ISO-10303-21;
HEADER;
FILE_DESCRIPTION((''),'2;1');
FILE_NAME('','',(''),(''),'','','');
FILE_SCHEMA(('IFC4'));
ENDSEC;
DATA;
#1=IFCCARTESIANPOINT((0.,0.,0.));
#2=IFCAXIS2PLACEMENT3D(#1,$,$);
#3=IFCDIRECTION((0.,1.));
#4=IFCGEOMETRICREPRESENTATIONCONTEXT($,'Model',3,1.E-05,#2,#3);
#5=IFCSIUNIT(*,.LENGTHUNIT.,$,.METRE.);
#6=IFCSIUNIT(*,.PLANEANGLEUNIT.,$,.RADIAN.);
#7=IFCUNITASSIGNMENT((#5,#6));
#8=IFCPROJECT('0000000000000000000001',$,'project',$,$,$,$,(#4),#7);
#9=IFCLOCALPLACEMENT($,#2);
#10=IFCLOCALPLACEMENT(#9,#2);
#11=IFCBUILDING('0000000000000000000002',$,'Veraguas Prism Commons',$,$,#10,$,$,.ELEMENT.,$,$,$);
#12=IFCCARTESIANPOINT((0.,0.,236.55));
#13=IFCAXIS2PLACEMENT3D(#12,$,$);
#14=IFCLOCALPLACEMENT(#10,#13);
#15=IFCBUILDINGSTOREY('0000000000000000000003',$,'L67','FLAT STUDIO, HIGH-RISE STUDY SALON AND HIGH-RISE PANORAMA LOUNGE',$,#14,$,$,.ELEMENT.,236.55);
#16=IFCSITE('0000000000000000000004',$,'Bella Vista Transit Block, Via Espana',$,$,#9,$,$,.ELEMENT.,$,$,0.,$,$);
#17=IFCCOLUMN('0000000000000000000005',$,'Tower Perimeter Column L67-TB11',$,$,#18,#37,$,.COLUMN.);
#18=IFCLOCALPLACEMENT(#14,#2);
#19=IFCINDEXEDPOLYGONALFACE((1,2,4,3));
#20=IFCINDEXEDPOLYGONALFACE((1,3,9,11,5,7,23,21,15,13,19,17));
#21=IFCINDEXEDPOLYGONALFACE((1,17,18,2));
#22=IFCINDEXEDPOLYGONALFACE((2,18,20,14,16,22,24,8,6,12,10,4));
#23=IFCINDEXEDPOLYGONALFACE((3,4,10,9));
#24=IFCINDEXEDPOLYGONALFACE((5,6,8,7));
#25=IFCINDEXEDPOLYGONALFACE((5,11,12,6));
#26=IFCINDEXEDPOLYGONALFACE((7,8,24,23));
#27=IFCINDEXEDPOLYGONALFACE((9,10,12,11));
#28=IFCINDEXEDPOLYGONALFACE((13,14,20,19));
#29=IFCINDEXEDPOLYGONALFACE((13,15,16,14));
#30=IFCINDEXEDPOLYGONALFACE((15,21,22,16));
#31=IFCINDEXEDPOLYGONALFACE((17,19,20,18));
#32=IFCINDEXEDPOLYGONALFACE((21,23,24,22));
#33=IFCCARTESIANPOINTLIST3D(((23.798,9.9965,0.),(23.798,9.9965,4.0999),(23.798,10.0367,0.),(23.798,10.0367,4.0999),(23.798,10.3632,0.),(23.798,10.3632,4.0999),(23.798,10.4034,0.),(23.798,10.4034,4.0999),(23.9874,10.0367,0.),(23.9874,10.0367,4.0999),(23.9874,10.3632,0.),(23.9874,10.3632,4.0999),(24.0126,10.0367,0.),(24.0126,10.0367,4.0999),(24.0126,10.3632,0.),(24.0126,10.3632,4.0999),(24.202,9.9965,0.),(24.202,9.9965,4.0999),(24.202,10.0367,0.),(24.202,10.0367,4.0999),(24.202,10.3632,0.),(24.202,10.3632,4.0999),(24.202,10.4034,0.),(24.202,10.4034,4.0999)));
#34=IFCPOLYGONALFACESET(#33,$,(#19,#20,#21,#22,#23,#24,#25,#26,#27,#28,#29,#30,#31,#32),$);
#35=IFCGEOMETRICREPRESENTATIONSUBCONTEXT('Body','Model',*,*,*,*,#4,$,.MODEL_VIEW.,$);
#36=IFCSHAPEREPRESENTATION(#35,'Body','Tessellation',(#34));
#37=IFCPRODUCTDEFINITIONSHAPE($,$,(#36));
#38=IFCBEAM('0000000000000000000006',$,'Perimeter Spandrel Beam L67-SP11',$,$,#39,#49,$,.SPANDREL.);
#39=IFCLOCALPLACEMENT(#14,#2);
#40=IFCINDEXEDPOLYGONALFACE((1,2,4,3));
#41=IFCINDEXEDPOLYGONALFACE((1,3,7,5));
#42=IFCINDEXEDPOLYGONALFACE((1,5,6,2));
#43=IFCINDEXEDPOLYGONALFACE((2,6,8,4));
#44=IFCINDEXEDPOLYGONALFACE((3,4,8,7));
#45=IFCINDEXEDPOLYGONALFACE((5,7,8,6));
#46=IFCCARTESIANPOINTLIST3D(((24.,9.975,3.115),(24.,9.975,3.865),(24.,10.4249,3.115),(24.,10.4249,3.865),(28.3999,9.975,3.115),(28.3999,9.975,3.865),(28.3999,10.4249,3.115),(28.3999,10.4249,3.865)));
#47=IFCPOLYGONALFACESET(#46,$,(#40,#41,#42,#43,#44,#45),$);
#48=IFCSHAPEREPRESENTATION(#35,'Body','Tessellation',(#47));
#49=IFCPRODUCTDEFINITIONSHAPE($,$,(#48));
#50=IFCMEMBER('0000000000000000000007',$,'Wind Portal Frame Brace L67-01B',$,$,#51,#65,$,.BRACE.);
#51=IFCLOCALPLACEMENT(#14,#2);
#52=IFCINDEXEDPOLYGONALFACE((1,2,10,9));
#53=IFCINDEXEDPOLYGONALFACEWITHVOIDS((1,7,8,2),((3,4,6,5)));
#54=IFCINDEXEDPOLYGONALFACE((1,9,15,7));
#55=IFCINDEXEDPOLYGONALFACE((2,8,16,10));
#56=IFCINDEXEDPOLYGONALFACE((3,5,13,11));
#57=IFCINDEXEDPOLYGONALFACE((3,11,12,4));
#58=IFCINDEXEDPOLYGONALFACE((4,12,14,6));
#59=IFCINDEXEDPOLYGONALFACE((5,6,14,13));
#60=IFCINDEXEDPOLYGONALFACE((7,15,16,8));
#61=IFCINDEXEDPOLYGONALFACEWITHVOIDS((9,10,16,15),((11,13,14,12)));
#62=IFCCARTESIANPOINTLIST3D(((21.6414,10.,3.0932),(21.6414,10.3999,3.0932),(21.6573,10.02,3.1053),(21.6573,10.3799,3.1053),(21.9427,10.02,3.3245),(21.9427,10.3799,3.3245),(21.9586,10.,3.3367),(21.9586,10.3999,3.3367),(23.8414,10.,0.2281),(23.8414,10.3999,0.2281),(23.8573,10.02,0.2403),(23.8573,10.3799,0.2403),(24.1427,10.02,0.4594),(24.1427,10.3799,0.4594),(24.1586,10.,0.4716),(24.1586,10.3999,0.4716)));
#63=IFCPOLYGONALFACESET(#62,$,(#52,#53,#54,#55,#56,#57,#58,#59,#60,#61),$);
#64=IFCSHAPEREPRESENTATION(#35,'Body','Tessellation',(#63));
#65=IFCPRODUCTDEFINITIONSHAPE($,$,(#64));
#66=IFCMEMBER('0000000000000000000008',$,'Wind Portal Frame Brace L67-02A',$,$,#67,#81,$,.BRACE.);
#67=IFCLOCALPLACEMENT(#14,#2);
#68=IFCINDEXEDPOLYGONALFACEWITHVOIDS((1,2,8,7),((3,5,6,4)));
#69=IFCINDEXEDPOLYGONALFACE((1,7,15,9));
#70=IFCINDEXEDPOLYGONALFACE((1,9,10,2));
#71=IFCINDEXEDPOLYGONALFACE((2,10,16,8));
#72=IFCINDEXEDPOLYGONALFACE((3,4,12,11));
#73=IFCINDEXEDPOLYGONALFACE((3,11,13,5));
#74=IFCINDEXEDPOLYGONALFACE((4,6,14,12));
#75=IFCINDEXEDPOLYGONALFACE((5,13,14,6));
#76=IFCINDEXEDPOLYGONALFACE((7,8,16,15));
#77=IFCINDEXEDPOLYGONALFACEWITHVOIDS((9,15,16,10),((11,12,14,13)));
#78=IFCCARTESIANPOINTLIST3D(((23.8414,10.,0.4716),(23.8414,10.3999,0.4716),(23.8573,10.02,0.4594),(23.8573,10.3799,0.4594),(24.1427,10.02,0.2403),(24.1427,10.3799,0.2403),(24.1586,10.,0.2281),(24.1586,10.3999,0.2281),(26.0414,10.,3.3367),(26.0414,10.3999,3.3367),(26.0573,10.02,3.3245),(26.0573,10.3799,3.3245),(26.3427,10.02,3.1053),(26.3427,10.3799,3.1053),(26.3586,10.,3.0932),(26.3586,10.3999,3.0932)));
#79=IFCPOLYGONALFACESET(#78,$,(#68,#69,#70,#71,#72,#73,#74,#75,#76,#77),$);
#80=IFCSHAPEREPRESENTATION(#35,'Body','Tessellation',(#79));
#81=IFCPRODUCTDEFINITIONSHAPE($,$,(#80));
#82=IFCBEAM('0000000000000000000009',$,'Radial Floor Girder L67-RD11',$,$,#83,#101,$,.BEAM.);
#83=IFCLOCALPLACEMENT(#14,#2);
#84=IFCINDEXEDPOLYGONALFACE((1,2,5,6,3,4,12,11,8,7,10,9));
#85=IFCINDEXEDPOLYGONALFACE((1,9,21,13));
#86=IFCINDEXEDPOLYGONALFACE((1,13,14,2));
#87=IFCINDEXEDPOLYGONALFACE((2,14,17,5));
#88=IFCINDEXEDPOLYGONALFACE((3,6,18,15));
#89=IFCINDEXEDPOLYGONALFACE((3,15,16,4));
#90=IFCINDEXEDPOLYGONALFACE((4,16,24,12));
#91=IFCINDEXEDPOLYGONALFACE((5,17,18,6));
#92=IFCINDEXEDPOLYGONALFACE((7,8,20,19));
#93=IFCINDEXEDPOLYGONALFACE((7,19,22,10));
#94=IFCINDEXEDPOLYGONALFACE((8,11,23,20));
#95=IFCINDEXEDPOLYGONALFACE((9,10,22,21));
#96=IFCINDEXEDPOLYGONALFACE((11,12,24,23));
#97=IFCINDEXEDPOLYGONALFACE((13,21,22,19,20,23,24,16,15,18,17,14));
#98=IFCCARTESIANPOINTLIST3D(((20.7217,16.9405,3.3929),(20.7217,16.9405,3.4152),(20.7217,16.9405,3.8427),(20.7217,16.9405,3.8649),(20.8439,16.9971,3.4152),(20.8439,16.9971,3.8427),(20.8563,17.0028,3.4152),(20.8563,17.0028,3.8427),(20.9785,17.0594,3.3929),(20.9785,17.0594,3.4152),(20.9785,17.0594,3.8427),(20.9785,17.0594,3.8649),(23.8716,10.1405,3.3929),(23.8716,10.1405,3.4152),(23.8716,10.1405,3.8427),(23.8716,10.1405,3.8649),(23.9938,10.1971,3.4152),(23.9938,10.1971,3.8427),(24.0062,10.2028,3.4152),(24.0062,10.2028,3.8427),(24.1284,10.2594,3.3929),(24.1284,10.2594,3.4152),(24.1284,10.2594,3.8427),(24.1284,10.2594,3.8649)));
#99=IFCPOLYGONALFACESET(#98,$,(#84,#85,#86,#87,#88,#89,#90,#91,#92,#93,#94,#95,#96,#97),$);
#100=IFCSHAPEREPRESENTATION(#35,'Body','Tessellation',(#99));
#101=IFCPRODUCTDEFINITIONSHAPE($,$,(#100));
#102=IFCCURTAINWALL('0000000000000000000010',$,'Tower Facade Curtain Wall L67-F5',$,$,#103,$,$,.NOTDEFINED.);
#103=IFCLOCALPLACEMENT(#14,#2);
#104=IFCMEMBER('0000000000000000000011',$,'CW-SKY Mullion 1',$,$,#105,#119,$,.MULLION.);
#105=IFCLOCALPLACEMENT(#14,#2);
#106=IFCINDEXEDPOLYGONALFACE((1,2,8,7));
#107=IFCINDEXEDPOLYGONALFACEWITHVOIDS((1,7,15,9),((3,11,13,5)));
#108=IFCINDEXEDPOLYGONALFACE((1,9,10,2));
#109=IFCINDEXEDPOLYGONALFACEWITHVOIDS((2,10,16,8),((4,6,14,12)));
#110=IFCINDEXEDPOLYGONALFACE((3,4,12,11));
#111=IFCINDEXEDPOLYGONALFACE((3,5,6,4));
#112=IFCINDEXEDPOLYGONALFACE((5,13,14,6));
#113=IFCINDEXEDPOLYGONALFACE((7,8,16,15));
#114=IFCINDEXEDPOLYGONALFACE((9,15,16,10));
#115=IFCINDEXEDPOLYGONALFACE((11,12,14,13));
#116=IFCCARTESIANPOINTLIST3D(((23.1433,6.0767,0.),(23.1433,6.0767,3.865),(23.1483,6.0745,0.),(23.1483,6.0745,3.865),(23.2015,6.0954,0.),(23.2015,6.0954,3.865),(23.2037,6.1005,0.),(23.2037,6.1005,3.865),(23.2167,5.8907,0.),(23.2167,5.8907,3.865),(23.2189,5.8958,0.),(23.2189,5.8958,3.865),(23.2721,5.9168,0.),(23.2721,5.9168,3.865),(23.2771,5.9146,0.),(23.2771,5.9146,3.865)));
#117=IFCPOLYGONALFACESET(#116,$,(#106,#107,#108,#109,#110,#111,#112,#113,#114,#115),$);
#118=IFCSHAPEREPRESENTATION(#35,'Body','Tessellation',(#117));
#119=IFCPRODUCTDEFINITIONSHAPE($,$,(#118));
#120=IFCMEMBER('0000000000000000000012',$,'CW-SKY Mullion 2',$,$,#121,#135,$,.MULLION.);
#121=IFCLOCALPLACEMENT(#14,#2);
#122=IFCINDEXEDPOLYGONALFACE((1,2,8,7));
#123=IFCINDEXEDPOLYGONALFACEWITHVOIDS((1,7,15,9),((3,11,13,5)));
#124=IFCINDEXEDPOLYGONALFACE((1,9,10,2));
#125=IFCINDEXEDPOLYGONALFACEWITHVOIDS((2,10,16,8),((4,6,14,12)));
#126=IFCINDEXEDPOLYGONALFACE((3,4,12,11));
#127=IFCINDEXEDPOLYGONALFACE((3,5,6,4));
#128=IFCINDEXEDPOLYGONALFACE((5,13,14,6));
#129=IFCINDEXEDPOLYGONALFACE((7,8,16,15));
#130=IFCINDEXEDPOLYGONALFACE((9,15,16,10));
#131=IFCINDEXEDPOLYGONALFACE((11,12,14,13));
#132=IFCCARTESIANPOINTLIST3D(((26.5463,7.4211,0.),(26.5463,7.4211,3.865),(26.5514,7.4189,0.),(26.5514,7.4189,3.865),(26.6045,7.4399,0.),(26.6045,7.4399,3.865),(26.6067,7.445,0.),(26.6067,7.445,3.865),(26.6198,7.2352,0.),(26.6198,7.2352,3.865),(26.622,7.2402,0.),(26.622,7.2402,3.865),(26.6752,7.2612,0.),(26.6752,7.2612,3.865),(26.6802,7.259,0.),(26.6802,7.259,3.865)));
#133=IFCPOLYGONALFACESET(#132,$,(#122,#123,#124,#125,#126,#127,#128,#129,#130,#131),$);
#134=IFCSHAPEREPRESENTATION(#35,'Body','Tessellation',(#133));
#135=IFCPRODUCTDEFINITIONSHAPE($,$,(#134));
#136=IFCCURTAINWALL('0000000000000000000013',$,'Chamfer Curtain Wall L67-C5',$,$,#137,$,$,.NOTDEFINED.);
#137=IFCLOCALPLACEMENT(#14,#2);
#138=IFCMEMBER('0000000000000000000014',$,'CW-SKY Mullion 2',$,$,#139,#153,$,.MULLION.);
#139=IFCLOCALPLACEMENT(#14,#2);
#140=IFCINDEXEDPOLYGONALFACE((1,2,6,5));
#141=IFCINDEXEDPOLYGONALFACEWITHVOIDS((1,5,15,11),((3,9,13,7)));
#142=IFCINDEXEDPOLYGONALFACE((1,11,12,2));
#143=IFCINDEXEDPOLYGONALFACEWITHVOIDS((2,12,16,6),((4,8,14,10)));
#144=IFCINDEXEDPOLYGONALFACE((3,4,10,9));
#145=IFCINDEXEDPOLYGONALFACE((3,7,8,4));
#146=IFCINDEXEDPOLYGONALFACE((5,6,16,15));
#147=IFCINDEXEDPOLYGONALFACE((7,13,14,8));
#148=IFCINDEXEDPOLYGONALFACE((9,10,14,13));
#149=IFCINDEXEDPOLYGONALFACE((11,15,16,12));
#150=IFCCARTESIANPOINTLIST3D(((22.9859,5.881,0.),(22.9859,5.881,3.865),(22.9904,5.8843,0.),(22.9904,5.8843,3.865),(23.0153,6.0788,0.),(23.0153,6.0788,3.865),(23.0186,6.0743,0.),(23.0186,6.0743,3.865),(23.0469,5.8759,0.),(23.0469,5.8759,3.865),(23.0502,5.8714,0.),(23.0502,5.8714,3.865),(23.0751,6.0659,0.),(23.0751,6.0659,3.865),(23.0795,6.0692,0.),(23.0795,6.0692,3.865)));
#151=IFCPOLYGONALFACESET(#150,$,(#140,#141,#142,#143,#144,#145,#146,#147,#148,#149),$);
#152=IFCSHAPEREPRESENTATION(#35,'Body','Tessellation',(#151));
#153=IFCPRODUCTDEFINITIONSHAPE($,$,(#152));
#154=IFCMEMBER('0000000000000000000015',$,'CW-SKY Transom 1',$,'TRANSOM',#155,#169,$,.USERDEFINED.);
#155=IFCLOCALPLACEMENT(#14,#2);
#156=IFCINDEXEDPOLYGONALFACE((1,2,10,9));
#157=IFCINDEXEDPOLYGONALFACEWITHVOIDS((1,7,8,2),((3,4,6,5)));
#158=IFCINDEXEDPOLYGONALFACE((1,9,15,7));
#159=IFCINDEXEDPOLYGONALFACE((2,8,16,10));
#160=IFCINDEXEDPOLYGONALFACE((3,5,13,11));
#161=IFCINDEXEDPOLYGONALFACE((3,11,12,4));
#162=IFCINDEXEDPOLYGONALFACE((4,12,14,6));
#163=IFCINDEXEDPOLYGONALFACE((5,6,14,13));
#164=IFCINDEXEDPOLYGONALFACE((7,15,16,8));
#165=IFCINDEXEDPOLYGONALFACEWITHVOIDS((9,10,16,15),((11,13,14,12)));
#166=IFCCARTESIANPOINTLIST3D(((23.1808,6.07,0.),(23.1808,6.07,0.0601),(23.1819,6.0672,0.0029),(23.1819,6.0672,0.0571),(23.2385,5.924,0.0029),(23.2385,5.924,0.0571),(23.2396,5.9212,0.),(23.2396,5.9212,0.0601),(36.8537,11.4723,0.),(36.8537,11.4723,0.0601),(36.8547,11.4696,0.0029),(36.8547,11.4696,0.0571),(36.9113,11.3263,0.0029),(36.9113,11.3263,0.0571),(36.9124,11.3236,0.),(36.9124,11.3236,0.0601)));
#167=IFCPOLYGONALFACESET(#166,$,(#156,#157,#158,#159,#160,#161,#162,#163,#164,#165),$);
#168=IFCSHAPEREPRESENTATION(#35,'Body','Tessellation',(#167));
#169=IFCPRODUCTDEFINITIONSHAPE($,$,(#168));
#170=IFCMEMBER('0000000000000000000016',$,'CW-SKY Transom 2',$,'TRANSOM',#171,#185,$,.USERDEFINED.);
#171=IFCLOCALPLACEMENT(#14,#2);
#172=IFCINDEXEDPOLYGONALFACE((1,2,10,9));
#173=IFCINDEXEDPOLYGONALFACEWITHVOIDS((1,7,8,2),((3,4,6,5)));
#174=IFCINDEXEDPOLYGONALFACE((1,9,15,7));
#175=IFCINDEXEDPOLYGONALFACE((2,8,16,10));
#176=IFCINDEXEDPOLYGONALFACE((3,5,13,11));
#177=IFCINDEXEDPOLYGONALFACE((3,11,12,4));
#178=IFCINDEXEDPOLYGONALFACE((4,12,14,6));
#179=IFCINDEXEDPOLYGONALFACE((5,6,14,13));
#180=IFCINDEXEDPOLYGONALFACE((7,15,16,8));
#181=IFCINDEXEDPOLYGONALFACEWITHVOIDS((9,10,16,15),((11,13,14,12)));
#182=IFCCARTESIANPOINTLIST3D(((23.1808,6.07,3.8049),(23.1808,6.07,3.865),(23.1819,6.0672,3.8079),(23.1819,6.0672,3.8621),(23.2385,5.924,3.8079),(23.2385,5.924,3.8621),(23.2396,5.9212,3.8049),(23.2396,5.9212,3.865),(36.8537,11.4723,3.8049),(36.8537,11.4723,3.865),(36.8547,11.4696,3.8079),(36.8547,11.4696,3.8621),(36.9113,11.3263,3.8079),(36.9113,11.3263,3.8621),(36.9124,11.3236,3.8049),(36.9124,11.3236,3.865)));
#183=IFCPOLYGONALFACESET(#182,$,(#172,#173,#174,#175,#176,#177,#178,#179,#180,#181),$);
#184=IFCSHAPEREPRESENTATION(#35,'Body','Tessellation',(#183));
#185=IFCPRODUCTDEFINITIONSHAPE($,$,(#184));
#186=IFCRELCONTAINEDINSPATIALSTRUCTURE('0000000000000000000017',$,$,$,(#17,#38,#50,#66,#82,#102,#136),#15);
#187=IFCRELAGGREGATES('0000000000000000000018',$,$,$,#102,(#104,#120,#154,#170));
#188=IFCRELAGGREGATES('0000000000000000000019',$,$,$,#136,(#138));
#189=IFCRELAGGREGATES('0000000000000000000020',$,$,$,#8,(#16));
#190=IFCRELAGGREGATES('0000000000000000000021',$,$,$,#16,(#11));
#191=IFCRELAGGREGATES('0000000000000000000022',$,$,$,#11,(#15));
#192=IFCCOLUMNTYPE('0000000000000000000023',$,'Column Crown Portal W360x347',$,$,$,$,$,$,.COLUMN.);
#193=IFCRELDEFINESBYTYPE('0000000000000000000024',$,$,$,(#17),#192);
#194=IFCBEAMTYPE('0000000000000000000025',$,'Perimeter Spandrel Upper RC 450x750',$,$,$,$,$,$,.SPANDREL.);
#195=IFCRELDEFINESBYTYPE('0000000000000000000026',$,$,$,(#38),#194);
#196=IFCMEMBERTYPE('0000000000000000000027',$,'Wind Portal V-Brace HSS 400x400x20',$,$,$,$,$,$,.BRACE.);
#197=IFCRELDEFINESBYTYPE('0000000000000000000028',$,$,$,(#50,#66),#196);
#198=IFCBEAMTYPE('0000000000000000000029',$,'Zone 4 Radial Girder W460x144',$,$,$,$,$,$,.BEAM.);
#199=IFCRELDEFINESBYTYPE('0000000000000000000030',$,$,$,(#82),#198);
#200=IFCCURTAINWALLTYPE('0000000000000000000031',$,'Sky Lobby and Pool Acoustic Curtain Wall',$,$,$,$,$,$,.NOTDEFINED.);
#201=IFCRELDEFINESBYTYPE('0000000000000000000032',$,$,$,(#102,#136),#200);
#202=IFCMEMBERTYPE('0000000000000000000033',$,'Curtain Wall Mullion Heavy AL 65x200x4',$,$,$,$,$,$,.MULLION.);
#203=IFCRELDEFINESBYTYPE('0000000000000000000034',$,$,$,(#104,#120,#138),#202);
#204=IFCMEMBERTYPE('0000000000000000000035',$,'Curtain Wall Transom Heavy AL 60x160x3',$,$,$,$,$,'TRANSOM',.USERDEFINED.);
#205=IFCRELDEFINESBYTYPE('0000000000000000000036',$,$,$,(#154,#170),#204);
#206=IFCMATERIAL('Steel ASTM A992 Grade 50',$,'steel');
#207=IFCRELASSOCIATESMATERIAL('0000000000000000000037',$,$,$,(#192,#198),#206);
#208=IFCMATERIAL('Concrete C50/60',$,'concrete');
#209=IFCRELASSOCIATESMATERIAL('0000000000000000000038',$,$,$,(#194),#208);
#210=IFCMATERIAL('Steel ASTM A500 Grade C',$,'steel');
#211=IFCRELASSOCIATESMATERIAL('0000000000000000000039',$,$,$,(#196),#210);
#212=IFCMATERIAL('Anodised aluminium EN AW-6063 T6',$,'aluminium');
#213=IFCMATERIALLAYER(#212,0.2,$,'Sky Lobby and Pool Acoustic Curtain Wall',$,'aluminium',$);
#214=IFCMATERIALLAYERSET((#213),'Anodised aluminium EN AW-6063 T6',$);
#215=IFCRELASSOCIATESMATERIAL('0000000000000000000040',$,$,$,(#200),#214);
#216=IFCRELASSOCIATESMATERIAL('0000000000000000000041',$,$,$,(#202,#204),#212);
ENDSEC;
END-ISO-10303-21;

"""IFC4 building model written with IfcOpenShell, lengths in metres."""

from ifc_helpers import new_model, si_unit, direction, frame, origin, origin_2d, place, context, subcontext, project, spatial, rectangle, hollow_rectangle, i_section, extrude, source, transform, mapped, material, layer, layer_set, material_profile, profile_set, type_object, element, aggregate, save


model = new_model("IFC4")

# Units and contexts
model_context = context("Model", 3, precision=1e-05, world=origin(), true_north=direction((0.0, 1.0)))
body_context = subcontext(model_context, "Body", "Model", "MODEL_VIEW")
ifc_project = project(units=[si_unit("LENGTHUNIT", "METRE"), si_unit("PLANEANGLEUNIT", "RADIAN")], contexts=[model_context])

# Site, building, storey
site_placement = place(None, origin())
site = spatial("IfcSite", under=ifc_project, at=site_placement, Name="Bella Vista Transit Block, Via Espana", CompositionType="ELEMENT", RefElevation=0.0)
building_placement = place(site_placement, origin())
building = spatial("IfcBuilding", under=site, at=building_placement, Name="Veraguas Prism Commons", CompositionType="ELEMENT")
storey_placement = place(building_placement, frame((0.0, 0.0, 236.55)))
storey = spatial("IfcBuildingStorey", under=building, at=storey_placement, Name="L67", Description="FLAT STUDIO, HIGH-RISE STUDY SALON AND HIGH-RISE PANORAMA LOUNGE", CompositionType="ELEMENT", Elevation=236.55)

# Column
ifc_material_1 = material(Name="Steel ASTM A992 Grade 50", Category="steel")
ifc_material_profile_1 = material_profile(ifc_material_1, i_section(OverallWidth=0.4041, OverallDepth=0.407, WebThickness=0.0251, FlangeThickness=0.0403, at=origin_2d()), Name="W360X347")
ifc_profile_set_1 = profile_set([ifc_material_profile_1], Name="Steel ASTM A992 Grade 50")
column_type = type_object("IfcColumnType", Name="Column Crown Portal W360x347", PredefinedType="COLUMN", material=ifc_profile_set_1)
column_placement = place(storey_placement, frame((24.0, 10.2, 0.0), z_axis=(0.0, 0.0, 1.0), x_axis=(1.0, 0.0, 0.0)))
element("IfcColumn", 1, at=column_placement, inside=storey, type_object=column_type, Name="Tower Perimeter Column L67-TB11", PredefinedType="COLUMN", context=body_context, shape_type="SweptSolid", body=[
    extrude(i_section(OverallWidth=0.4041, OverallDepth=0.407, WebThickness=0.0251, FlangeThickness=0.0403, at=origin_2d()), origin(), (0.0, 0.0, 1.0), 4.0999),
])

# Beam
ifc_material_2 = material(Name="Concrete C50/60", Category="concrete")
ifc_material_profile_2 = material_profile(ifc_material_2, rectangle(XDim=0.45, YDim=0.75, at=origin_2d()), Name="RC450X750")
ifc_profile_set_2 = profile_set([ifc_material_profile_2], Name="Concrete C50/60")
beam_type_1 = type_object("IfcBeamType", Name="Perimeter Spandrel Upper RC 450x750", PredefinedType="SPANDREL", material=ifc_profile_set_2)
beam_1_placement = place(storey_placement, frame((24.0, 10.2, 3.49), z_axis=(1.0, 0.0, 0.0), x_axis=(0.0, 1.0, 0.0)))
element("IfcBeam", 2, at=beam_1_placement, inside=storey, type_object=beam_type_1, Name="Perimeter Spandrel Beam L67-SP11", PredefinedType="SPANDREL", context=body_context, shape_type="SweptSolid", body=[
    extrude(rectangle(XDim=0.45, YDim=0.75, at=origin_2d()), origin(), (0.0, 0.0, 1.0), 4.3999),
])

# Members
ifc_material_3 = material(Name="Steel ASTM A500 Grade C", Category="steel")
ifc_material_profile_3 = material_profile(ifc_material_3, hollow_rectangle(XDim=0.3999, YDim=0.3999, WallThickness=0.02, at=origin_2d()), Name="HSS400X400X20")
ifc_profile_set_3 = profile_set([ifc_material_profile_3], Name="Steel ASTM A500 Grade C")
member_type_1 = type_object("IfcMemberType", Name="Wind Portal V-Brace HSS 400x400x20", PredefinedType="BRACE", material=ifc_profile_set_3)
for number, where, z_axis, x_axis, name in (
    (3, (24.0, 10.2, 0.3499), (-0.609034, 0.0, 0.793144), (0.0, -1.0, 0.0), "Wind Portal Frame Brace L67-01B"),
    (4, (24.0, 10.2, 0.3499), (0.609034, 0.0, 0.793144), (0.0, 1.0, 0.0), "Wind Portal Frame Brace L67-02A"),
):
    element("IfcMember", number, at=place(storey_placement, frame(where, z_axis=z_axis, x_axis=x_axis)), inside=storey, type_object=member_type_1, Name=name, PredefinedType="BRACE", context=body_context, shape_type="SweptSolid", body=[
        extrude(hollow_rectangle(XDim=0.3999, YDim=0.3999, WallThickness=0.02, at=origin_2d()), origin(), (0.0, 0.0, 1.0), 3.6123),
    ])

# Beam
ifc_material_profile_4 = material_profile(ifc_material_1, i_section(OverallWidth=0.283, OverallDepth=0.4719, WebThickness=0.0137, FlangeThickness=0.0222, at=origin_2d()), Name="W460X144")
ifc_profile_set_4 = profile_set([ifc_material_profile_4], Name="Steel ASTM A992 Grade 50")
beam_type_2 = type_object("IfcBeamType", Name="Zone 4 Radial Girder W460x144", PredefinedType="BEAM", material=ifc_profile_set_4)
beam_2_placement = place(storey_placement, frame((24.0, 10.2, 3.6289), z_axis=(-0.420314, 0.907379, 0.0), x_axis=(-0.907379, -0.420314, 0.0)))
element("IfcBeam", 5, at=beam_2_placement, inside=storey, type_object=beam_type_2, Name="Radial Floor Girder L67-RD11", PredefinedType="BEAM", context=body_context, shape_type="SweptSolid", body=[
    extrude(i_section(OverallWidth=0.283, OverallDepth=0.4719, WebThickness=0.0137, FlangeThickness=0.0222, at=origin_2d()), origin(), (0.0, 0.0, 1.0), 7.4941),
])

# Curtain wall, members
ifc_material_4 = material(Name="Anodised aluminium EN AW-6063 T6", Category="aluminium")
ifc_layer_1 = layer(ifc_material_4, 0.2, Name="Sky Lobby and Pool Acoustic Curtain Wall", Category="aluminium")
ifc_layer_set_1 = layer_set([ifc_layer_1], Name="Anodised aluminium EN AW-6063 T6")
curtain_wall_type = type_object("IfcCurtainWallType", Name="Sky Lobby and Pool Acoustic Curtain Wall", PredefinedType="NOTDEFINED", material=ifc_layer_set_1)
curtain_wall_1_placement = place(storey_placement, origin())
curtain_wall_1 = element("IfcCurtainWall", 6, at=curtain_wall_1_placement, inside=storey, type_object=curtain_wall_type, Name="Tower Facade Curtain Wall L67-F5", PredefinedType="NOTDEFINED")
ifc_material_profile_5 = material_profile(ifc_material_4, hollow_rectangle(XDim=0.0649, YDim=0.2, WallThickness=0.0039, at=origin_2d()), Name="AL65X200X4")
ifc_profile_set_5 = profile_set([ifc_material_profile_5], Name="Anodised aluminium EN AW-6063 T6")
member_type_2 = type_object("IfcMemberType", Name="Curtain Wall Mullion Heavy AL 65x200x4", PredefinedType="MULLION", material=ifc_profile_set_5)
shared_shape_1 = source(origin(), body_context, "Body", "SweptSolid", [
    extrude(hollow_rectangle(XDim=0.0649, YDim=0.2, WallThickness=0.0039, at=origin_2d()), origin(), (0.0, 0.0, 1.0), 3.865),
])
member_1_placement = place(storey_placement, frame((23.2102, 5.9956, 0.0), z_axis=(0.0, 0.0, 1.0), x_axis=(0.93003, 0.367483, 0.0)))
member_1 = element("IfcMember", 7, at=member_1_placement, type_object=member_type_2, Name="CW-SKY Mullion 1", PredefinedType="MULLION", context=body_context, shape_type="MappedRepresentation", body=[
    mapped(shared_shape_1, transform((0.0, 0.0, 0.0), scale=1.0)),
])
member_2_placement = place(storey_placement, frame((26.6133, 7.3401, 0.0), z_axis=(0.0, 0.0, 1.0), x_axis=(0.93003, 0.367483, 0.0)))
member_2 = element("IfcMember", 8, at=member_2_placement, type_object=member_type_2, Name="CW-SKY Mullion 2", PredefinedType="MULLION", context=body_context, shape_type="MappedRepresentation", body=[
    mapped(shared_shape_1, transform((0.0, 0.0, 0.0), scale=1.0)),
])

# Curtain wall, member
curtain_wall_2_placement = place(storey_placement, origin())
curtain_wall_2 = element("IfcCurtainWall", 9, at=curtain_wall_2_placement, inside=storey, type_object=curtain_wall_type, Name="Chamfer Curtain Wall L67-C5", PredefinedType="NOTDEFINED")
member_3_placement = place(storey_placement, frame((23.0327, 5.9751, 0.0), z_axis=(0.0, 0.0, 1.0), x_axis=(0.989168, -0.146787, 0.0)))
member_3 = element("IfcMember", 10, at=member_3_placement, type_object=member_type_2, Name="CW-SKY Mullion 2", PredefinedType="MULLION", context=body_context, shape_type="MappedRepresentation", body=[
    mapped(shared_shape_1, transform((0.0, 0.0, 0.0), scale=1.0)),
])

# Members
ifc_material_profile_6 = material_profile(ifc_material_4, hollow_rectangle(XDim=0.0601, YDim=0.1599, WallThickness=0.0029, at=origin_2d()), Name="AL60X160X3")
ifc_profile_set_6 = profile_set([ifc_material_profile_6], Name="Anodised aluminium EN AW-6063 T6")
member_type_3 = type_object("IfcMemberType", Name="Curtain Wall Transom Heavy AL 60x160x3", ElementType="TRANSOM", PredefinedType="USERDEFINED", material=ifc_profile_set_6)
shared_shape_2 = source(origin(), body_context, "Body", "SweptSolid", [
    extrude(hollow_rectangle(XDim=0.0601, YDim=0.1599, WallThickness=0.0029, at=origin_2d()), origin(), (0.0, 0.0, 1.0), 14.7014),
])
member_4_placement = place(storey_placement, frame((23.2102, 5.9956, 0.03), z_axis=(0.930035, 0.367471, 0.0), x_axis=(0.0, 0.0, 1.0)))
member_4 = element("IfcMember", 11, at=member_4_placement, type_object=member_type_3, Name="CW-SKY Transom 1", ObjectType="TRANSOM", PredefinedType="USERDEFINED", context=body_context, shape_type="MappedRepresentation", body=[
    mapped(shared_shape_2, transform((0.0, 0.0, 0.0), scale=1.0)),
])
member_5_placement = place(storey_placement, frame((23.2102, 5.9956, 3.835), z_axis=(0.930035, 0.367471, 0.0), x_axis=(0.0, 0.0, 1.0)))
member_5 = element("IfcMember", 12, at=member_5_placement, type_object=member_type_3, Name="CW-SKY Transom 2", ObjectType="TRANSOM", PredefinedType="USERDEFINED", context=body_context, shape_type="MappedRepresentation", body=[
    mapped(shared_shape_2, transform((0.0, 0.0, 0.0), scale=1.0)),
])

aggregate(curtain_wall_1, [member_1, member_2, member_4, member_5])
aggregate(curtain_wall_2, [member_3])

save(model, "model.ifc")
